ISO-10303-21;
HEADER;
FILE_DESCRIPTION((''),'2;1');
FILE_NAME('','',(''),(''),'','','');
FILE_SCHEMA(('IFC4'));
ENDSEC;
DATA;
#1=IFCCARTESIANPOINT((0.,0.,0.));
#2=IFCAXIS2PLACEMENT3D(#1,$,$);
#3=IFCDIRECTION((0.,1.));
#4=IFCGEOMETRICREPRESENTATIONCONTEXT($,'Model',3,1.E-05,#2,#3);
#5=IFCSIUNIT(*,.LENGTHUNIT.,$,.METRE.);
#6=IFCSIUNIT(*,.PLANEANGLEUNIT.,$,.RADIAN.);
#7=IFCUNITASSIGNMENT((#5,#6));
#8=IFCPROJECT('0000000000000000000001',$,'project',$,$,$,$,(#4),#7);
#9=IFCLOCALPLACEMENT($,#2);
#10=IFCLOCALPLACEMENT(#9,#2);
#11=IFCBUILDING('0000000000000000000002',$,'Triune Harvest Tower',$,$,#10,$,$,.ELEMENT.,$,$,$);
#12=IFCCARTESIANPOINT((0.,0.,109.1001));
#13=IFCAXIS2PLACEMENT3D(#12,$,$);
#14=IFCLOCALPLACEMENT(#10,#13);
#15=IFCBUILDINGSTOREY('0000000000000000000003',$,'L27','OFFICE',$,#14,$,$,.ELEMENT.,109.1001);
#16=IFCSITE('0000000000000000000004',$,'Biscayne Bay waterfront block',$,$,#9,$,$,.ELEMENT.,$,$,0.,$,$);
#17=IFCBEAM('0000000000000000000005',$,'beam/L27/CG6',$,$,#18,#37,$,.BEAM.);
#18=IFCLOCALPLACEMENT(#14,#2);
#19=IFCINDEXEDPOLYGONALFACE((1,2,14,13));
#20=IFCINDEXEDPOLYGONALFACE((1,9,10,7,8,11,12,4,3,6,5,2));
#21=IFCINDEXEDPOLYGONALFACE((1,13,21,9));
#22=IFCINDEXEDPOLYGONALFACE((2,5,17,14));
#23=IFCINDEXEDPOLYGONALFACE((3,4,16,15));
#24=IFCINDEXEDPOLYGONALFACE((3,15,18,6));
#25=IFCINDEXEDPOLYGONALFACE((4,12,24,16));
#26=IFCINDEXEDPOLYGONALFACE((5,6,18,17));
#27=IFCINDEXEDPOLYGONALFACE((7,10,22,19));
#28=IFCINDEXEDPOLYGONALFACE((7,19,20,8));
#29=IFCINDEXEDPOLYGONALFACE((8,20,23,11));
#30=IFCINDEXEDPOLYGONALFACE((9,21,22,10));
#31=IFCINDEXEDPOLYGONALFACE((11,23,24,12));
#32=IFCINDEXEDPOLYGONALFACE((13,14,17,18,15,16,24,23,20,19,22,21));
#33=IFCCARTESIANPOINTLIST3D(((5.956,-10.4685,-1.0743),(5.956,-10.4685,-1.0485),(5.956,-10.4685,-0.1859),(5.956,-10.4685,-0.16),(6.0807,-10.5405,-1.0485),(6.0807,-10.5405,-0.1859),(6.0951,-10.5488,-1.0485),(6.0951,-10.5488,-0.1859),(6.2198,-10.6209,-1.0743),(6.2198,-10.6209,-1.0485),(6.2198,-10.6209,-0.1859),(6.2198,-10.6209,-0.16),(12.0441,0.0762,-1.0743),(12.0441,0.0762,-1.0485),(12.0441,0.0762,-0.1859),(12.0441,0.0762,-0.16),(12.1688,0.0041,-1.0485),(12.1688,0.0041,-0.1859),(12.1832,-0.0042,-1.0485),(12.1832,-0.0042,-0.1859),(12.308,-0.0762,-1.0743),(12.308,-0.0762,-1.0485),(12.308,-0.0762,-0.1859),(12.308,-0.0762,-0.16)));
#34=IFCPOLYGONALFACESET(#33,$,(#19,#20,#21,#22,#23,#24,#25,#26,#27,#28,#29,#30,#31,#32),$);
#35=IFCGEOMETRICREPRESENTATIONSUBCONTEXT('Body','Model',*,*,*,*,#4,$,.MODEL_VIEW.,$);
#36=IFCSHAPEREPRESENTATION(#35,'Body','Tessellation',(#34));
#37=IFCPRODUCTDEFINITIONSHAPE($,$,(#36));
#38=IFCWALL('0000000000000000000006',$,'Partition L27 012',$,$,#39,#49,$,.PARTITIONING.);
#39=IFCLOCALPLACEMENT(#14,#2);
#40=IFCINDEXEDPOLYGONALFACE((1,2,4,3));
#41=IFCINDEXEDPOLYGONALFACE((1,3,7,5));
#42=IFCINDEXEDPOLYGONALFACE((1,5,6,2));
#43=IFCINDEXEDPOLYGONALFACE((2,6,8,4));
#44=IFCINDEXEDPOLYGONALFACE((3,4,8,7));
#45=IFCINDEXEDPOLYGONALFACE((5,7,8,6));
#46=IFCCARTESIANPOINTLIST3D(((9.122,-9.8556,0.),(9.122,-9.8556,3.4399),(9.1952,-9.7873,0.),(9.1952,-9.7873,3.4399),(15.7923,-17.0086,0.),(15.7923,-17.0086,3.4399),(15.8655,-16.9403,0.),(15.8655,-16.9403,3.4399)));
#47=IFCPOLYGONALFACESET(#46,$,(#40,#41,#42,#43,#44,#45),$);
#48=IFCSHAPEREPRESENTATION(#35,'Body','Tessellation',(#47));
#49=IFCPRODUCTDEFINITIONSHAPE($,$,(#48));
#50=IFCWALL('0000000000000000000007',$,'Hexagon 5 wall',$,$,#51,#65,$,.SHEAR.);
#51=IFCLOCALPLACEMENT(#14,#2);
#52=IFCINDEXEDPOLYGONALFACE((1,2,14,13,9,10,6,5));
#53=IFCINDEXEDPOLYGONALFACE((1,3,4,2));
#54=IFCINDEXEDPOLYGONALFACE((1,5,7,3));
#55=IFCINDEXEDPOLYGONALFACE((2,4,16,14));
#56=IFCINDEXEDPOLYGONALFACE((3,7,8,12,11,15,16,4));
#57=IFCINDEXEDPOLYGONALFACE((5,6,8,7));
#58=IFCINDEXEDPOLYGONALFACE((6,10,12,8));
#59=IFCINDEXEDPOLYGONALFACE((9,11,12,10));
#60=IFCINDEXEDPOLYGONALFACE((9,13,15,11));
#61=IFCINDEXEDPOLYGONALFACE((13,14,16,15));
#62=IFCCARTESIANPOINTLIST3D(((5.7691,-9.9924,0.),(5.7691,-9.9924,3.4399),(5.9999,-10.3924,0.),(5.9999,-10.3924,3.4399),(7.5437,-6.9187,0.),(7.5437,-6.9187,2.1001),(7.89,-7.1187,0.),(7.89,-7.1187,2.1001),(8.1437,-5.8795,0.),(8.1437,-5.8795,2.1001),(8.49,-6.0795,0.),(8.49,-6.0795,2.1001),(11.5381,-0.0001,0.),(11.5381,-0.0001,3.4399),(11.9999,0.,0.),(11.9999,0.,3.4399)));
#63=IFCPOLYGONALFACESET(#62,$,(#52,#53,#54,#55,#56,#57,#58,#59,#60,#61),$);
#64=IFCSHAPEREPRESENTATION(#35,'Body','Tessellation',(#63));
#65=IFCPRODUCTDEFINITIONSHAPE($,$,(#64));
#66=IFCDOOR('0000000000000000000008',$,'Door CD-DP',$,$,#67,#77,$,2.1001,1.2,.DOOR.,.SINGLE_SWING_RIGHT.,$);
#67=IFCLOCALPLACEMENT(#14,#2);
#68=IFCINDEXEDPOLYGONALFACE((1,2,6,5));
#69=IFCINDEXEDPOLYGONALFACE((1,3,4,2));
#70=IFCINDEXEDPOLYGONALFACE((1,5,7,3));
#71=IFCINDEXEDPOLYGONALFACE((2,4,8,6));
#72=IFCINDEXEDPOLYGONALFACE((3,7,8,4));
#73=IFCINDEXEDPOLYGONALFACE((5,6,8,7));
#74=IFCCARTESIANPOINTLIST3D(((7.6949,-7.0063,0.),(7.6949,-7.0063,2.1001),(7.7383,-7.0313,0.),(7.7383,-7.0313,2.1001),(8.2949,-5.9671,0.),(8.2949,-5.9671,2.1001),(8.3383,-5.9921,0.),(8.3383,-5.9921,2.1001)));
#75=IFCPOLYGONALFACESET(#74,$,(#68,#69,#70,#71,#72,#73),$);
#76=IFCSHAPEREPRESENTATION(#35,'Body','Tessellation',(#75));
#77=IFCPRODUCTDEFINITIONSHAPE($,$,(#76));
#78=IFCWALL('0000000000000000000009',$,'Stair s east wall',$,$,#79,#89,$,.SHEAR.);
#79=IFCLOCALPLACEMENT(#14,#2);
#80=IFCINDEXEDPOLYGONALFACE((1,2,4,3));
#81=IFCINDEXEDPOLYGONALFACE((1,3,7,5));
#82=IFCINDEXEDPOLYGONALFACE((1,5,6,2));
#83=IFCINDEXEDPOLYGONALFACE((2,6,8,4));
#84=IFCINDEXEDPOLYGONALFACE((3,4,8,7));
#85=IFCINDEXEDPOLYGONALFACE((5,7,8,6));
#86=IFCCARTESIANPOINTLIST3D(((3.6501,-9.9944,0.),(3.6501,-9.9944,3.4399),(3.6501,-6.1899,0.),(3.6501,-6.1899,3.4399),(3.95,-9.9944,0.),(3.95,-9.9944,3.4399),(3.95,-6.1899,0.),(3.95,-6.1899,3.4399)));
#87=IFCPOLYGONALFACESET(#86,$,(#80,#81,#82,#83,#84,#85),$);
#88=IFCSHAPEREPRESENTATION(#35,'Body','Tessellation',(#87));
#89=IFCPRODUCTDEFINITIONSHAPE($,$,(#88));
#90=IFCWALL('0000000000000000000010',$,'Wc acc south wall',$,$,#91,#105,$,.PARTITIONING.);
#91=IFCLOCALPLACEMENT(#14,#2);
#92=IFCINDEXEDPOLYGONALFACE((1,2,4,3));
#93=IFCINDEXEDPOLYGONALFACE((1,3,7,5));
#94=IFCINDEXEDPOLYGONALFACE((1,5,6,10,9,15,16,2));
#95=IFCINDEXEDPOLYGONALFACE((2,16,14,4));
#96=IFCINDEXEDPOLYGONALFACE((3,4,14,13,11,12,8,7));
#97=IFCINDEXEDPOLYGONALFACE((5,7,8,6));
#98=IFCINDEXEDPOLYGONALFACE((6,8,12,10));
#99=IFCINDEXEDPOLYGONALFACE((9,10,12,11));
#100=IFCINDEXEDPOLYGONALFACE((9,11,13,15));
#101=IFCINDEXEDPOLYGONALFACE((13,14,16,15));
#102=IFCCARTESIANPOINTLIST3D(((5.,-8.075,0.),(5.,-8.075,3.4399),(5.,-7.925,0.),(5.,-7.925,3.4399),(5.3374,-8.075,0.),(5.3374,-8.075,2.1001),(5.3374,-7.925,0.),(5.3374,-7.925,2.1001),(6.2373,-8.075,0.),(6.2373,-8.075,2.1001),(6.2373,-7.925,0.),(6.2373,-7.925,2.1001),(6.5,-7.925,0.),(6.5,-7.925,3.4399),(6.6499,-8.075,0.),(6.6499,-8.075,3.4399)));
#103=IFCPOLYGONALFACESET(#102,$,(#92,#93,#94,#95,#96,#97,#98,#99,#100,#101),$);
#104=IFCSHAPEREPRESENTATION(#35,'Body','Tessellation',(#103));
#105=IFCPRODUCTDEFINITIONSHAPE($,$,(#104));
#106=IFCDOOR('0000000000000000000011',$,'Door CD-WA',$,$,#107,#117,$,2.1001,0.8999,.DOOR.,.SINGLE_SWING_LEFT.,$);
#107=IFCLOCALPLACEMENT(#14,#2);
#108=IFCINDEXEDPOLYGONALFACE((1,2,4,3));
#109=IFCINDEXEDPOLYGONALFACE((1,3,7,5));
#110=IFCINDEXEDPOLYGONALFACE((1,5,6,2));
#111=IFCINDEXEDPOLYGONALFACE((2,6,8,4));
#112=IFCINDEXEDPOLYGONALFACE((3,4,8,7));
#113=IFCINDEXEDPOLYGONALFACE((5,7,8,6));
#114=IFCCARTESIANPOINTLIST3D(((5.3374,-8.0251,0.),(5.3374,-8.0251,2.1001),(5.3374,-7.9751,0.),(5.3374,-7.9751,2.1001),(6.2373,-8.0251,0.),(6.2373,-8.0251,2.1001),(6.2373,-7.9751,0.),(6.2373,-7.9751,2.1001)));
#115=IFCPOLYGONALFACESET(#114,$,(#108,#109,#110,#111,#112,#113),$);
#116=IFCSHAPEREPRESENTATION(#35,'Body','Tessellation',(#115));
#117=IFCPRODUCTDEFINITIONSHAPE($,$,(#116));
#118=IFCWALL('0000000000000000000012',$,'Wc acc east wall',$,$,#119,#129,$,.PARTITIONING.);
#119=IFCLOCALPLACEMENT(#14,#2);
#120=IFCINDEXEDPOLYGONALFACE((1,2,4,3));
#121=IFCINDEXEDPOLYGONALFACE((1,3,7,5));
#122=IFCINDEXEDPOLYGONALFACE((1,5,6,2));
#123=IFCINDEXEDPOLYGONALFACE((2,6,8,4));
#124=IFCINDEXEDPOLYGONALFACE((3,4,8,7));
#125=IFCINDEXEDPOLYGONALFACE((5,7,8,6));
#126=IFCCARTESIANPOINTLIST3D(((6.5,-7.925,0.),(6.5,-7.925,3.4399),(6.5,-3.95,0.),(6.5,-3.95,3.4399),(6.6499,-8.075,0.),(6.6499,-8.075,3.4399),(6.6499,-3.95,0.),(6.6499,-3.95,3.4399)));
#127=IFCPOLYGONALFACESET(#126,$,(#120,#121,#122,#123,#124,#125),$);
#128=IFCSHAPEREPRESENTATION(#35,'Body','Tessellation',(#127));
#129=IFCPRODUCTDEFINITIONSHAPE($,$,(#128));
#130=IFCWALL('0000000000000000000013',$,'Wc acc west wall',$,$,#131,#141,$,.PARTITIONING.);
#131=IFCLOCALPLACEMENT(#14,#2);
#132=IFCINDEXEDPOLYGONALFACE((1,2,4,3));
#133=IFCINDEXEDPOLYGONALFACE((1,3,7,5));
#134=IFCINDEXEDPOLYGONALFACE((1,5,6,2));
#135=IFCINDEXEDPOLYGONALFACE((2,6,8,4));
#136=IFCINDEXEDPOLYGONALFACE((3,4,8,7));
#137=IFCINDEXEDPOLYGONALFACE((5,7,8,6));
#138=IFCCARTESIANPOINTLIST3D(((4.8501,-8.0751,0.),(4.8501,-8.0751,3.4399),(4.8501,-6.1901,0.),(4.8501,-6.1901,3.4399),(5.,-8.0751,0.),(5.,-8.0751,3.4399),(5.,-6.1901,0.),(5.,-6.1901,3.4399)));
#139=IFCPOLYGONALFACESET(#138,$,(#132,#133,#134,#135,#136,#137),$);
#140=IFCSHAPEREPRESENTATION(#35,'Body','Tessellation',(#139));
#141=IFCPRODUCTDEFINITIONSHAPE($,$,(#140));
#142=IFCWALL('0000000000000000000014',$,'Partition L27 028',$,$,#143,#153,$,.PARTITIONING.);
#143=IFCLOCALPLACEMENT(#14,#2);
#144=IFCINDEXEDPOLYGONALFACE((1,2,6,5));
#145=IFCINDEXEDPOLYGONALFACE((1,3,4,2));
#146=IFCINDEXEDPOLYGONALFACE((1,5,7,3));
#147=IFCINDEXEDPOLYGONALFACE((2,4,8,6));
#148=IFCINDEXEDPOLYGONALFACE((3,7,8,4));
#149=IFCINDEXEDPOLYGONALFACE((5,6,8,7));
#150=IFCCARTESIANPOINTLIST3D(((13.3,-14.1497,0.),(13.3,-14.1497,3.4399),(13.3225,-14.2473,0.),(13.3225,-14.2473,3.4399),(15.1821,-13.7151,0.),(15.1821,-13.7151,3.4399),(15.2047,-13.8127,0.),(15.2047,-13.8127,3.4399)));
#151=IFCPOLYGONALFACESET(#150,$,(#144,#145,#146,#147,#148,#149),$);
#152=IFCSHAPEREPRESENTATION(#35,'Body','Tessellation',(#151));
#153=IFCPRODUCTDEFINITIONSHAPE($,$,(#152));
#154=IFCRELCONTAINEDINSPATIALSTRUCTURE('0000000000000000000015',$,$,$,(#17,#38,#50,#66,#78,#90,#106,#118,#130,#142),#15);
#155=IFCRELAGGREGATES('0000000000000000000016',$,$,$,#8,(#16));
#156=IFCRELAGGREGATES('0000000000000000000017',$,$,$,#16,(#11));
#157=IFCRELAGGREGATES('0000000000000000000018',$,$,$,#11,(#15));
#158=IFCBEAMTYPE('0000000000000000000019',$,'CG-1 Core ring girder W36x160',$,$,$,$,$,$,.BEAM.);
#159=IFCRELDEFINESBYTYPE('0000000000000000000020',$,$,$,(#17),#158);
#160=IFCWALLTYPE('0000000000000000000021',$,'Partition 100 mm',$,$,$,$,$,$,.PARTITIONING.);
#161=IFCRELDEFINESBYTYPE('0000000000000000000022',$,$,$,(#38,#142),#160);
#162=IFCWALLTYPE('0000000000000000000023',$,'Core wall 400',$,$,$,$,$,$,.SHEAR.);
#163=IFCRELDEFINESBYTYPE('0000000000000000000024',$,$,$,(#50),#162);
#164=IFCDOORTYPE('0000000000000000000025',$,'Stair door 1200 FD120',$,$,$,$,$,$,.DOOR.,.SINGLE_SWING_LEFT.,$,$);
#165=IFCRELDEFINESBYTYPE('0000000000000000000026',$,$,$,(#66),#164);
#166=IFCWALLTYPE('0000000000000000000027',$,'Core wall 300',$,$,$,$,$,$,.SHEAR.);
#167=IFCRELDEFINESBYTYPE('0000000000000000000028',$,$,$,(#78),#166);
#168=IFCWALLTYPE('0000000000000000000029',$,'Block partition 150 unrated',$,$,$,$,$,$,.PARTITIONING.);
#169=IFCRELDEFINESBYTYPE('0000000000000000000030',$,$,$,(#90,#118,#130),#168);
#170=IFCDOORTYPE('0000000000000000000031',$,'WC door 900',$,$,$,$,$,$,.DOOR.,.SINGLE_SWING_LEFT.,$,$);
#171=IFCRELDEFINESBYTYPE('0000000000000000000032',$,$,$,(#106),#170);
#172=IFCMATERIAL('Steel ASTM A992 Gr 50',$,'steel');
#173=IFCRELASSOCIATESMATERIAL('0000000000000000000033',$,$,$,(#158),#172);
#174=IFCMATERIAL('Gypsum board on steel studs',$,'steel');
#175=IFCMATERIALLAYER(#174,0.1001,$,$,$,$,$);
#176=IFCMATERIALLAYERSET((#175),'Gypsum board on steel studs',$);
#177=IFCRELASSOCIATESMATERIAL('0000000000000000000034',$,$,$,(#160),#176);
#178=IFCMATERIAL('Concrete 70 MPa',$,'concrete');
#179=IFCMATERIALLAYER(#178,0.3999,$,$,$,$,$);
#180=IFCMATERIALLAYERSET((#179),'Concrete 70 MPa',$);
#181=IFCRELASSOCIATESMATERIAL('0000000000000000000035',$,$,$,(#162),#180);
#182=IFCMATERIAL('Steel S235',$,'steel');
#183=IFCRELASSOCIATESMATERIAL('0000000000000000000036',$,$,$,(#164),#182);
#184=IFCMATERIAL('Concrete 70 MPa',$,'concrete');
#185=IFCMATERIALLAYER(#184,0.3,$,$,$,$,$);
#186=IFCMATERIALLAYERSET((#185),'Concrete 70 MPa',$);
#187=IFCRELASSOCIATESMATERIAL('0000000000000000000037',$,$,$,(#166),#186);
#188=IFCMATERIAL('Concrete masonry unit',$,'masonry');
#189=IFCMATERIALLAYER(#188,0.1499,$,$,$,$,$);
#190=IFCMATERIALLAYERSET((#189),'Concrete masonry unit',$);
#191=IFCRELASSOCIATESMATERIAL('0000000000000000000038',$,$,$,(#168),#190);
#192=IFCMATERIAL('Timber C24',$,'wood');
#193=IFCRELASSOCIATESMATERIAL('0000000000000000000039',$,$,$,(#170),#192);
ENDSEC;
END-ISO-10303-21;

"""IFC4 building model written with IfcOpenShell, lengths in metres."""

from ifc_helpers import new_model, si_unit, direction, frame, frame_2d, origin, origin_2d, place, context, subcontext, project, spatial, polyline, rectangle, i_section, outline, extrude, source, transform, mapped, material, layer, layer_set, material_profile, profile_set, type_object, element, fill, save


model = new_model("IFC4")

# Units and contexts
model_context = context("Model", 3, precision=1e-05, world=origin(), true_north=direction((0.0, 1.0)))
body_context = subcontext(model_context, "Body", "Model", "MODEL_VIEW")
ifc_project = project(units=[si_unit("LENGTHUNIT", "METRE"), si_unit("PLANEANGLEUNIT", "RADIAN")], contexts=[model_context])

# Site, building, storey
site_placement = place(None, origin())
site = spatial("IfcSite", under=ifc_project, at=site_placement, Name="Biscayne Bay waterfront block", CompositionType="ELEMENT", RefElevation=0.0)
building_placement = place(site_placement, origin())
building = spatial("IfcBuilding", under=site, at=building_placement, Name="Triune Harvest Tower", CompositionType="ELEMENT")
storey_placement = place(building_placement, frame((0.0, 0.0, 109.1001)))
storey = spatial("IfcBuildingStorey", under=building, at=storey_placement, Name="L27", Description="OFFICE", CompositionType="ELEMENT", Elevation=109.1001)

# Beam
ifc_material_1 = material(Name="Steel ASTM A992 Gr 50", Category="steel")
ifc_material_profile = material_profile(ifc_material_1, i_section(OverallWidth=0.3047, OverallDepth=0.9143, WebThickness=0.0166, FlangeThickness=0.0259, at=origin_2d()), Name="W36x160")
ifc_profile_set = profile_set([ifc_material_profile], Name="Steel ASTM A992 Gr 50")
beam_type = type_object("IfcBeamType", Name="CG-1 Core ring girder W36x160", PredefinedType="BEAM", material=ifc_profile_set)
shared_shape_1 = source(origin(), body_context, "Body", "SweptSolid", [
    extrude(i_section(OverallWidth=0.3047, OverallDepth=0.9143, WebThickness=0.0166, FlangeThickness=0.0259, at=origin_2d()), origin(), (0.0, 0.0, 1.0), 12.176),
])
beam_placement = place(storey_placement, frame((6.0879, -10.5447, -0.6172), z_axis=(0.50001, 0.86602, 0.0), x_axis=(-0.86602, 0.50001, 0.0)))
element("IfcBeam", 1, at=beam_placement, inside=storey, type_object=beam_type, Name="beam/L27/CG6", PredefinedType="BEAM", context=body_context, shape_type="MappedRepresentation", body=[
    mapped(shared_shape_1, transform((0.0, 0.0, 0.0), scale=1.0)),
])

# Wall
ifc_material_2 = material(Name="Gypsum board on steel studs", Category="steel")
ifc_layer_1 = layer(ifc_material_2, 0.1001)
ifc_layer_set_1 = layer_set([ifc_layer_1], Name="Gypsum board on steel studs")
wall_type_1 = type_object("IfcWallType", Name="Partition 100 mm", PredefinedType="PARTITIONING", material=ifc_layer_set_1)
wall_1_placement = place(storey_placement, frame((9.1587, -9.8215, 0.0), z_axis=(0.0, 0.0, 1.0), x_axis=(0.682002, -0.731351, 0.0)))
element("IfcWall", 2, at=wall_1_placement, inside=storey, type_object=wall_type_1, Name="Partition L27 012", PredefinedType="PARTITIONING", context=body_context, shape_type="SweptSolid", body=[
    extrude(rectangle(XDim=9.7805, YDim=0.1001, at=frame_2d((4.8901, 0.0))), origin(), (0.0, 0.0, 1.0), 3.4399),
])

# Wall, opening, door
ifc_material_3 = material(Name="Concrete 70 MPa", Category="concrete")
ifc_layer_2 = layer(ifc_material_3, 0.3999)
ifc_layer_set_2 = layer_set([ifc_layer_2], Name="Concrete 70 MPa")
wall_type_2 = type_object("IfcWallType", Name="Core wall 400", PredefinedType="SHEAR", material=ifc_layer_set_2)
shared_shape_2 = source(origin(), body_context, "Body", "SweptSolid", [
    extrude(outline(polyline([(-0.1155, -0.2), (11.8845, -0.2), (11.6536, 0.2), (0.1155, 0.2), (-0.1155, -0.2)])), origin(), (0.0, 0.0, 1.0), 3.4399),
])
wall_2_placement = place(storey_placement, frame((5.8845, -10.1924, 0.0), z_axis=(0.0, 0.0, 1.0), x_axis=(0.499997, 0.866027, 0.0)))
wall_2 = element("IfcWall", 3, at=wall_2_placement, inside=storey, type_object=wall_type_2, Name="Hexagon 5 wall", PredefinedType="SHEAR", context=body_context, shape_type="MappedRepresentation", body=[
    mapped(shared_shape_2, transform((0.0, 0.0, 0.0), scale=1.0)),
])
opening_1_placement = place(wall_2_placement, frame((3.6646, 0.0, 0.0)))
opening_1 = element("IfcOpeningElement", 4, at=opening_1_placement, cuts=wall_2, PredefinedType="OPENING", context=body_context, shape_type="SweptSolid", body=[
    extrude(rectangle(XDim=1.2, YDim=2.1001, at=frame_2d((0.6001, 1.05))), frame((0.0, 0.21, 0.0), z_axis=(0.0, -1.0, 0.0), x_axis=(1.0, 0.0, 0.0)), (0.0, 0.0, 1.0), 0.4199),
])
ifc_material_4 = material(Name="Steel S235", Category="steel")
door_type_1 = type_object("IfcDoorType", Name="Stair door 1200 FD120", OperationType="SINGLE_SWING_LEFT", PredefinedType="DOOR", material=ifc_material_4)
door_1_placement = place(opening_1_placement, frame((1.2, 0.0, 0.0), z_axis=(0.0, 0.0, 1.0), x_axis=(-1.0, 0.0, 0.0)))
door_1 = element("IfcDoor", 5, at=door_1_placement, inside=storey, type_object=door_type_1, Name="Door CD-DP", OperationType="SINGLE_SWING_RIGHT", OverallHeight=2.1001, OverallWidth=1.2, PredefinedType="DOOR", context=body_context, shape_type="SweptSolid", body=[
    extrude(rectangle(XDim=1.2, YDim=2.1001, at=frame_2d((0.6001, 1.05))), frame((0.0, 0.0249, 0.0), z_axis=(0.0, -1.0, 0.0), x_axis=(1.0, 0.0, 0.0)), (0.0, 0.0, 1.0), 0.05),
])
fill(opening_1, door_1)

# Wall
ifc_material_5 = material(Name="Concrete 70 MPa", Category="concrete")
ifc_layer_3 = layer(ifc_material_5, 0.3)
ifc_layer_set_3 = layer_set([ifc_layer_3], Name="Concrete 70 MPa")
wall_type_3 = type_object("IfcWallType", Name="Core wall 300", PredefinedType="SHEAR", material=ifc_layer_set_3)
shared_shape_3 = source(origin(), body_context, "Body", "SweptSolid", [
    extrude(outline(polyline([(3.8, -0.1499), (-0.0044, -0.1499), (-0.0044, 0.1499), (3.8, 0.1499), (3.8, -0.1499)])), origin(), (0.0, 0.0, 1.0), 3.4399),
])
wall_3_placement = place(storey_placement, frame((3.8, -9.99, 0.0), z_axis=(0.0, 0.0, 1.0), x_axis=(0.0, 1.0, 0.0)))
element("IfcWall", 6, at=wall_3_placement, inside=storey, type_object=wall_type_3, Name="Stair s east wall", PredefinedType="SHEAR", context=body_context, shape_type="MappedRepresentation", body=[
    mapped(shared_shape_3, transform((0.0, 0.0, 0.0), scale=1.0)),
])

# Wall, opening, door
ifc_material_6 = material(Name="Concrete masonry unit", Category="masonry")
ifc_layer_4 = layer(ifc_material_6, 0.1499)
ifc_layer_set_4 = layer_set([ifc_layer_4], Name="Concrete masonry unit")
wall_type_4 = type_object("IfcWallType", Name="Block partition 150 unrated", PredefinedType="PARTITIONING", material=ifc_layer_set_4)
shared_shape_4 = source(origin(), body_context, "Body", "SweptSolid", [
    extrude(outline(polyline([(0.0, -0.075), (1.6499, -0.075), (1.5, 0.075), (0.0, 0.075), (0.0, -0.075)])), origin(), (0.0, 0.0, 1.0), 3.4399),
])
wall_4_placement = place(storey_placement, frame((5.0, -8.0, 0.0), z_axis=(0.0, 0.0, 1.0), x_axis=(1.0, 0.0, 0.0)))
wall_4 = element("IfcWall", 7, at=wall_4_placement, inside=storey, type_object=wall_type_4, Name="Wc acc south wall", PredefinedType="PARTITIONING", context=body_context, shape_type="MappedRepresentation", body=[
    mapped(shared_shape_4, transform((0.0, 0.0, 0.0), scale=1.0)),
])
opening_2_placement = place(wall_4_placement, frame((0.3374, 0.0, 0.0)))
opening_2 = element("IfcOpeningElement", 8, at=opening_2_placement, cuts=wall_4, PredefinedType="OPENING", context=body_context, shape_type="SweptSolid", body=[
    extrude(rectangle(XDim=0.8999, YDim=2.1001, at=frame_2d((0.45, 1.05))), frame((0.0, 0.085, 0.0), z_axis=(0.0, -1.0, 0.0), x_axis=(1.0, 0.0, 0.0)), (0.0, 0.0, 1.0), 0.1699),
])
ifc_material_7 = material(Name="Timber C24", Category="wood")
door_type_2 = type_object("IfcDoorType", Name="WC door 900", OperationType="SINGLE_SWING_LEFT", PredefinedType="DOOR", material=ifc_material_7)
door_2_placement = place(opening_2_placement, origin())
door_2 = element("IfcDoor", 9, at=door_2_placement, inside=storey, type_object=door_type_2, Name="Door CD-WA", OperationType="SINGLE_SWING_LEFT", OverallHeight=2.1001, OverallWidth=0.8999, PredefinedType="DOOR", context=body_context, shape_type="SweptSolid", body=[
    extrude(rectangle(XDim=0.8999, YDim=2.1001, at=frame_2d((0.45, 1.05))), frame((0.0, 0.0249, 0.0), z_axis=(0.0, -1.0, 0.0), x_axis=(1.0, 0.0, 0.0)), (0.0, 0.0, 1.0), 0.05),
])
fill(opening_2, door_2)

# Walls
shared_shape_5 = source(origin(), body_context, "Body", "SweptSolid", [
    extrude(outline(polyline([(-0.075, -0.075), (4.05, -0.075), (4.05, 0.075), (0.075, 0.075), (-0.075, -0.075)])), origin(), (0.0, 0.0, 1.0), 3.4399),
])
wall_5_placement = place(storey_placement, frame((6.575, -8.0, 0.0), z_axis=(0.0, 0.0, 1.0), x_axis=(0.0, 1.0, 0.0)))
element("IfcWall", 10, at=wall_5_placement, inside=storey, type_object=wall_type_4, Name="Wc acc east wall", PredefinedType="PARTITIONING", context=body_context, shape_type="MappedRepresentation", body=[
    mapped(shared_shape_5, transform((0.0, 0.0, 0.0), scale=1.0)),
])
shared_shape_6 = source(origin(), body_context, "Body", "SweptSolid", [
    extrude(rectangle(XDim=1.885, YDim=0.1499, at=frame_2d((0.9424, 0.0))), origin(), (0.0, 0.0, 1.0), 3.4399),
])
wall_6_placement = place(storey_placement, frame((4.925, -8.075, 0.0), z_axis=(0.0, 0.0, 1.0), x_axis=(0.0, 1.0, 0.0)))
element("IfcWall", 11, at=wall_6_placement, inside=storey, type_object=wall_type_4, Name="Wc acc west wall", PredefinedType="PARTITIONING", context=body_context, shape_type="MappedRepresentation", body=[
    mapped(shared_shape_6, transform((0.0, 0.0, 0.0), scale=1.0)),
])
shared_shape_7 = source(origin(), body_context, "Body", "SweptSolid", [
    extrude(rectangle(XDim=1.9316, YDim=0.1001, at=frame_2d((0.9658, 0.0))), origin(), (0.0, 0.0, 1.0), 3.4399),
])
wall_7_placement = place(storey_placement, frame((13.3113, -14.1985, 0.0), z_axis=(0.0, 0.0, 1.0), x_axis=(0.974363, 0.22498, 0.0)))
element("IfcWall", 12, at=wall_7_placement, inside=storey, type_object=wall_type_1, Name="Partition L27 028", PredefinedType="PARTITIONING", context=body_context, shape_type="MappedRepresentation", body=[
    mapped(shared_shape_7, transform((0.0, 0.0, 0.0), scale=1.0)),
])

save(model, "model.ifc")
